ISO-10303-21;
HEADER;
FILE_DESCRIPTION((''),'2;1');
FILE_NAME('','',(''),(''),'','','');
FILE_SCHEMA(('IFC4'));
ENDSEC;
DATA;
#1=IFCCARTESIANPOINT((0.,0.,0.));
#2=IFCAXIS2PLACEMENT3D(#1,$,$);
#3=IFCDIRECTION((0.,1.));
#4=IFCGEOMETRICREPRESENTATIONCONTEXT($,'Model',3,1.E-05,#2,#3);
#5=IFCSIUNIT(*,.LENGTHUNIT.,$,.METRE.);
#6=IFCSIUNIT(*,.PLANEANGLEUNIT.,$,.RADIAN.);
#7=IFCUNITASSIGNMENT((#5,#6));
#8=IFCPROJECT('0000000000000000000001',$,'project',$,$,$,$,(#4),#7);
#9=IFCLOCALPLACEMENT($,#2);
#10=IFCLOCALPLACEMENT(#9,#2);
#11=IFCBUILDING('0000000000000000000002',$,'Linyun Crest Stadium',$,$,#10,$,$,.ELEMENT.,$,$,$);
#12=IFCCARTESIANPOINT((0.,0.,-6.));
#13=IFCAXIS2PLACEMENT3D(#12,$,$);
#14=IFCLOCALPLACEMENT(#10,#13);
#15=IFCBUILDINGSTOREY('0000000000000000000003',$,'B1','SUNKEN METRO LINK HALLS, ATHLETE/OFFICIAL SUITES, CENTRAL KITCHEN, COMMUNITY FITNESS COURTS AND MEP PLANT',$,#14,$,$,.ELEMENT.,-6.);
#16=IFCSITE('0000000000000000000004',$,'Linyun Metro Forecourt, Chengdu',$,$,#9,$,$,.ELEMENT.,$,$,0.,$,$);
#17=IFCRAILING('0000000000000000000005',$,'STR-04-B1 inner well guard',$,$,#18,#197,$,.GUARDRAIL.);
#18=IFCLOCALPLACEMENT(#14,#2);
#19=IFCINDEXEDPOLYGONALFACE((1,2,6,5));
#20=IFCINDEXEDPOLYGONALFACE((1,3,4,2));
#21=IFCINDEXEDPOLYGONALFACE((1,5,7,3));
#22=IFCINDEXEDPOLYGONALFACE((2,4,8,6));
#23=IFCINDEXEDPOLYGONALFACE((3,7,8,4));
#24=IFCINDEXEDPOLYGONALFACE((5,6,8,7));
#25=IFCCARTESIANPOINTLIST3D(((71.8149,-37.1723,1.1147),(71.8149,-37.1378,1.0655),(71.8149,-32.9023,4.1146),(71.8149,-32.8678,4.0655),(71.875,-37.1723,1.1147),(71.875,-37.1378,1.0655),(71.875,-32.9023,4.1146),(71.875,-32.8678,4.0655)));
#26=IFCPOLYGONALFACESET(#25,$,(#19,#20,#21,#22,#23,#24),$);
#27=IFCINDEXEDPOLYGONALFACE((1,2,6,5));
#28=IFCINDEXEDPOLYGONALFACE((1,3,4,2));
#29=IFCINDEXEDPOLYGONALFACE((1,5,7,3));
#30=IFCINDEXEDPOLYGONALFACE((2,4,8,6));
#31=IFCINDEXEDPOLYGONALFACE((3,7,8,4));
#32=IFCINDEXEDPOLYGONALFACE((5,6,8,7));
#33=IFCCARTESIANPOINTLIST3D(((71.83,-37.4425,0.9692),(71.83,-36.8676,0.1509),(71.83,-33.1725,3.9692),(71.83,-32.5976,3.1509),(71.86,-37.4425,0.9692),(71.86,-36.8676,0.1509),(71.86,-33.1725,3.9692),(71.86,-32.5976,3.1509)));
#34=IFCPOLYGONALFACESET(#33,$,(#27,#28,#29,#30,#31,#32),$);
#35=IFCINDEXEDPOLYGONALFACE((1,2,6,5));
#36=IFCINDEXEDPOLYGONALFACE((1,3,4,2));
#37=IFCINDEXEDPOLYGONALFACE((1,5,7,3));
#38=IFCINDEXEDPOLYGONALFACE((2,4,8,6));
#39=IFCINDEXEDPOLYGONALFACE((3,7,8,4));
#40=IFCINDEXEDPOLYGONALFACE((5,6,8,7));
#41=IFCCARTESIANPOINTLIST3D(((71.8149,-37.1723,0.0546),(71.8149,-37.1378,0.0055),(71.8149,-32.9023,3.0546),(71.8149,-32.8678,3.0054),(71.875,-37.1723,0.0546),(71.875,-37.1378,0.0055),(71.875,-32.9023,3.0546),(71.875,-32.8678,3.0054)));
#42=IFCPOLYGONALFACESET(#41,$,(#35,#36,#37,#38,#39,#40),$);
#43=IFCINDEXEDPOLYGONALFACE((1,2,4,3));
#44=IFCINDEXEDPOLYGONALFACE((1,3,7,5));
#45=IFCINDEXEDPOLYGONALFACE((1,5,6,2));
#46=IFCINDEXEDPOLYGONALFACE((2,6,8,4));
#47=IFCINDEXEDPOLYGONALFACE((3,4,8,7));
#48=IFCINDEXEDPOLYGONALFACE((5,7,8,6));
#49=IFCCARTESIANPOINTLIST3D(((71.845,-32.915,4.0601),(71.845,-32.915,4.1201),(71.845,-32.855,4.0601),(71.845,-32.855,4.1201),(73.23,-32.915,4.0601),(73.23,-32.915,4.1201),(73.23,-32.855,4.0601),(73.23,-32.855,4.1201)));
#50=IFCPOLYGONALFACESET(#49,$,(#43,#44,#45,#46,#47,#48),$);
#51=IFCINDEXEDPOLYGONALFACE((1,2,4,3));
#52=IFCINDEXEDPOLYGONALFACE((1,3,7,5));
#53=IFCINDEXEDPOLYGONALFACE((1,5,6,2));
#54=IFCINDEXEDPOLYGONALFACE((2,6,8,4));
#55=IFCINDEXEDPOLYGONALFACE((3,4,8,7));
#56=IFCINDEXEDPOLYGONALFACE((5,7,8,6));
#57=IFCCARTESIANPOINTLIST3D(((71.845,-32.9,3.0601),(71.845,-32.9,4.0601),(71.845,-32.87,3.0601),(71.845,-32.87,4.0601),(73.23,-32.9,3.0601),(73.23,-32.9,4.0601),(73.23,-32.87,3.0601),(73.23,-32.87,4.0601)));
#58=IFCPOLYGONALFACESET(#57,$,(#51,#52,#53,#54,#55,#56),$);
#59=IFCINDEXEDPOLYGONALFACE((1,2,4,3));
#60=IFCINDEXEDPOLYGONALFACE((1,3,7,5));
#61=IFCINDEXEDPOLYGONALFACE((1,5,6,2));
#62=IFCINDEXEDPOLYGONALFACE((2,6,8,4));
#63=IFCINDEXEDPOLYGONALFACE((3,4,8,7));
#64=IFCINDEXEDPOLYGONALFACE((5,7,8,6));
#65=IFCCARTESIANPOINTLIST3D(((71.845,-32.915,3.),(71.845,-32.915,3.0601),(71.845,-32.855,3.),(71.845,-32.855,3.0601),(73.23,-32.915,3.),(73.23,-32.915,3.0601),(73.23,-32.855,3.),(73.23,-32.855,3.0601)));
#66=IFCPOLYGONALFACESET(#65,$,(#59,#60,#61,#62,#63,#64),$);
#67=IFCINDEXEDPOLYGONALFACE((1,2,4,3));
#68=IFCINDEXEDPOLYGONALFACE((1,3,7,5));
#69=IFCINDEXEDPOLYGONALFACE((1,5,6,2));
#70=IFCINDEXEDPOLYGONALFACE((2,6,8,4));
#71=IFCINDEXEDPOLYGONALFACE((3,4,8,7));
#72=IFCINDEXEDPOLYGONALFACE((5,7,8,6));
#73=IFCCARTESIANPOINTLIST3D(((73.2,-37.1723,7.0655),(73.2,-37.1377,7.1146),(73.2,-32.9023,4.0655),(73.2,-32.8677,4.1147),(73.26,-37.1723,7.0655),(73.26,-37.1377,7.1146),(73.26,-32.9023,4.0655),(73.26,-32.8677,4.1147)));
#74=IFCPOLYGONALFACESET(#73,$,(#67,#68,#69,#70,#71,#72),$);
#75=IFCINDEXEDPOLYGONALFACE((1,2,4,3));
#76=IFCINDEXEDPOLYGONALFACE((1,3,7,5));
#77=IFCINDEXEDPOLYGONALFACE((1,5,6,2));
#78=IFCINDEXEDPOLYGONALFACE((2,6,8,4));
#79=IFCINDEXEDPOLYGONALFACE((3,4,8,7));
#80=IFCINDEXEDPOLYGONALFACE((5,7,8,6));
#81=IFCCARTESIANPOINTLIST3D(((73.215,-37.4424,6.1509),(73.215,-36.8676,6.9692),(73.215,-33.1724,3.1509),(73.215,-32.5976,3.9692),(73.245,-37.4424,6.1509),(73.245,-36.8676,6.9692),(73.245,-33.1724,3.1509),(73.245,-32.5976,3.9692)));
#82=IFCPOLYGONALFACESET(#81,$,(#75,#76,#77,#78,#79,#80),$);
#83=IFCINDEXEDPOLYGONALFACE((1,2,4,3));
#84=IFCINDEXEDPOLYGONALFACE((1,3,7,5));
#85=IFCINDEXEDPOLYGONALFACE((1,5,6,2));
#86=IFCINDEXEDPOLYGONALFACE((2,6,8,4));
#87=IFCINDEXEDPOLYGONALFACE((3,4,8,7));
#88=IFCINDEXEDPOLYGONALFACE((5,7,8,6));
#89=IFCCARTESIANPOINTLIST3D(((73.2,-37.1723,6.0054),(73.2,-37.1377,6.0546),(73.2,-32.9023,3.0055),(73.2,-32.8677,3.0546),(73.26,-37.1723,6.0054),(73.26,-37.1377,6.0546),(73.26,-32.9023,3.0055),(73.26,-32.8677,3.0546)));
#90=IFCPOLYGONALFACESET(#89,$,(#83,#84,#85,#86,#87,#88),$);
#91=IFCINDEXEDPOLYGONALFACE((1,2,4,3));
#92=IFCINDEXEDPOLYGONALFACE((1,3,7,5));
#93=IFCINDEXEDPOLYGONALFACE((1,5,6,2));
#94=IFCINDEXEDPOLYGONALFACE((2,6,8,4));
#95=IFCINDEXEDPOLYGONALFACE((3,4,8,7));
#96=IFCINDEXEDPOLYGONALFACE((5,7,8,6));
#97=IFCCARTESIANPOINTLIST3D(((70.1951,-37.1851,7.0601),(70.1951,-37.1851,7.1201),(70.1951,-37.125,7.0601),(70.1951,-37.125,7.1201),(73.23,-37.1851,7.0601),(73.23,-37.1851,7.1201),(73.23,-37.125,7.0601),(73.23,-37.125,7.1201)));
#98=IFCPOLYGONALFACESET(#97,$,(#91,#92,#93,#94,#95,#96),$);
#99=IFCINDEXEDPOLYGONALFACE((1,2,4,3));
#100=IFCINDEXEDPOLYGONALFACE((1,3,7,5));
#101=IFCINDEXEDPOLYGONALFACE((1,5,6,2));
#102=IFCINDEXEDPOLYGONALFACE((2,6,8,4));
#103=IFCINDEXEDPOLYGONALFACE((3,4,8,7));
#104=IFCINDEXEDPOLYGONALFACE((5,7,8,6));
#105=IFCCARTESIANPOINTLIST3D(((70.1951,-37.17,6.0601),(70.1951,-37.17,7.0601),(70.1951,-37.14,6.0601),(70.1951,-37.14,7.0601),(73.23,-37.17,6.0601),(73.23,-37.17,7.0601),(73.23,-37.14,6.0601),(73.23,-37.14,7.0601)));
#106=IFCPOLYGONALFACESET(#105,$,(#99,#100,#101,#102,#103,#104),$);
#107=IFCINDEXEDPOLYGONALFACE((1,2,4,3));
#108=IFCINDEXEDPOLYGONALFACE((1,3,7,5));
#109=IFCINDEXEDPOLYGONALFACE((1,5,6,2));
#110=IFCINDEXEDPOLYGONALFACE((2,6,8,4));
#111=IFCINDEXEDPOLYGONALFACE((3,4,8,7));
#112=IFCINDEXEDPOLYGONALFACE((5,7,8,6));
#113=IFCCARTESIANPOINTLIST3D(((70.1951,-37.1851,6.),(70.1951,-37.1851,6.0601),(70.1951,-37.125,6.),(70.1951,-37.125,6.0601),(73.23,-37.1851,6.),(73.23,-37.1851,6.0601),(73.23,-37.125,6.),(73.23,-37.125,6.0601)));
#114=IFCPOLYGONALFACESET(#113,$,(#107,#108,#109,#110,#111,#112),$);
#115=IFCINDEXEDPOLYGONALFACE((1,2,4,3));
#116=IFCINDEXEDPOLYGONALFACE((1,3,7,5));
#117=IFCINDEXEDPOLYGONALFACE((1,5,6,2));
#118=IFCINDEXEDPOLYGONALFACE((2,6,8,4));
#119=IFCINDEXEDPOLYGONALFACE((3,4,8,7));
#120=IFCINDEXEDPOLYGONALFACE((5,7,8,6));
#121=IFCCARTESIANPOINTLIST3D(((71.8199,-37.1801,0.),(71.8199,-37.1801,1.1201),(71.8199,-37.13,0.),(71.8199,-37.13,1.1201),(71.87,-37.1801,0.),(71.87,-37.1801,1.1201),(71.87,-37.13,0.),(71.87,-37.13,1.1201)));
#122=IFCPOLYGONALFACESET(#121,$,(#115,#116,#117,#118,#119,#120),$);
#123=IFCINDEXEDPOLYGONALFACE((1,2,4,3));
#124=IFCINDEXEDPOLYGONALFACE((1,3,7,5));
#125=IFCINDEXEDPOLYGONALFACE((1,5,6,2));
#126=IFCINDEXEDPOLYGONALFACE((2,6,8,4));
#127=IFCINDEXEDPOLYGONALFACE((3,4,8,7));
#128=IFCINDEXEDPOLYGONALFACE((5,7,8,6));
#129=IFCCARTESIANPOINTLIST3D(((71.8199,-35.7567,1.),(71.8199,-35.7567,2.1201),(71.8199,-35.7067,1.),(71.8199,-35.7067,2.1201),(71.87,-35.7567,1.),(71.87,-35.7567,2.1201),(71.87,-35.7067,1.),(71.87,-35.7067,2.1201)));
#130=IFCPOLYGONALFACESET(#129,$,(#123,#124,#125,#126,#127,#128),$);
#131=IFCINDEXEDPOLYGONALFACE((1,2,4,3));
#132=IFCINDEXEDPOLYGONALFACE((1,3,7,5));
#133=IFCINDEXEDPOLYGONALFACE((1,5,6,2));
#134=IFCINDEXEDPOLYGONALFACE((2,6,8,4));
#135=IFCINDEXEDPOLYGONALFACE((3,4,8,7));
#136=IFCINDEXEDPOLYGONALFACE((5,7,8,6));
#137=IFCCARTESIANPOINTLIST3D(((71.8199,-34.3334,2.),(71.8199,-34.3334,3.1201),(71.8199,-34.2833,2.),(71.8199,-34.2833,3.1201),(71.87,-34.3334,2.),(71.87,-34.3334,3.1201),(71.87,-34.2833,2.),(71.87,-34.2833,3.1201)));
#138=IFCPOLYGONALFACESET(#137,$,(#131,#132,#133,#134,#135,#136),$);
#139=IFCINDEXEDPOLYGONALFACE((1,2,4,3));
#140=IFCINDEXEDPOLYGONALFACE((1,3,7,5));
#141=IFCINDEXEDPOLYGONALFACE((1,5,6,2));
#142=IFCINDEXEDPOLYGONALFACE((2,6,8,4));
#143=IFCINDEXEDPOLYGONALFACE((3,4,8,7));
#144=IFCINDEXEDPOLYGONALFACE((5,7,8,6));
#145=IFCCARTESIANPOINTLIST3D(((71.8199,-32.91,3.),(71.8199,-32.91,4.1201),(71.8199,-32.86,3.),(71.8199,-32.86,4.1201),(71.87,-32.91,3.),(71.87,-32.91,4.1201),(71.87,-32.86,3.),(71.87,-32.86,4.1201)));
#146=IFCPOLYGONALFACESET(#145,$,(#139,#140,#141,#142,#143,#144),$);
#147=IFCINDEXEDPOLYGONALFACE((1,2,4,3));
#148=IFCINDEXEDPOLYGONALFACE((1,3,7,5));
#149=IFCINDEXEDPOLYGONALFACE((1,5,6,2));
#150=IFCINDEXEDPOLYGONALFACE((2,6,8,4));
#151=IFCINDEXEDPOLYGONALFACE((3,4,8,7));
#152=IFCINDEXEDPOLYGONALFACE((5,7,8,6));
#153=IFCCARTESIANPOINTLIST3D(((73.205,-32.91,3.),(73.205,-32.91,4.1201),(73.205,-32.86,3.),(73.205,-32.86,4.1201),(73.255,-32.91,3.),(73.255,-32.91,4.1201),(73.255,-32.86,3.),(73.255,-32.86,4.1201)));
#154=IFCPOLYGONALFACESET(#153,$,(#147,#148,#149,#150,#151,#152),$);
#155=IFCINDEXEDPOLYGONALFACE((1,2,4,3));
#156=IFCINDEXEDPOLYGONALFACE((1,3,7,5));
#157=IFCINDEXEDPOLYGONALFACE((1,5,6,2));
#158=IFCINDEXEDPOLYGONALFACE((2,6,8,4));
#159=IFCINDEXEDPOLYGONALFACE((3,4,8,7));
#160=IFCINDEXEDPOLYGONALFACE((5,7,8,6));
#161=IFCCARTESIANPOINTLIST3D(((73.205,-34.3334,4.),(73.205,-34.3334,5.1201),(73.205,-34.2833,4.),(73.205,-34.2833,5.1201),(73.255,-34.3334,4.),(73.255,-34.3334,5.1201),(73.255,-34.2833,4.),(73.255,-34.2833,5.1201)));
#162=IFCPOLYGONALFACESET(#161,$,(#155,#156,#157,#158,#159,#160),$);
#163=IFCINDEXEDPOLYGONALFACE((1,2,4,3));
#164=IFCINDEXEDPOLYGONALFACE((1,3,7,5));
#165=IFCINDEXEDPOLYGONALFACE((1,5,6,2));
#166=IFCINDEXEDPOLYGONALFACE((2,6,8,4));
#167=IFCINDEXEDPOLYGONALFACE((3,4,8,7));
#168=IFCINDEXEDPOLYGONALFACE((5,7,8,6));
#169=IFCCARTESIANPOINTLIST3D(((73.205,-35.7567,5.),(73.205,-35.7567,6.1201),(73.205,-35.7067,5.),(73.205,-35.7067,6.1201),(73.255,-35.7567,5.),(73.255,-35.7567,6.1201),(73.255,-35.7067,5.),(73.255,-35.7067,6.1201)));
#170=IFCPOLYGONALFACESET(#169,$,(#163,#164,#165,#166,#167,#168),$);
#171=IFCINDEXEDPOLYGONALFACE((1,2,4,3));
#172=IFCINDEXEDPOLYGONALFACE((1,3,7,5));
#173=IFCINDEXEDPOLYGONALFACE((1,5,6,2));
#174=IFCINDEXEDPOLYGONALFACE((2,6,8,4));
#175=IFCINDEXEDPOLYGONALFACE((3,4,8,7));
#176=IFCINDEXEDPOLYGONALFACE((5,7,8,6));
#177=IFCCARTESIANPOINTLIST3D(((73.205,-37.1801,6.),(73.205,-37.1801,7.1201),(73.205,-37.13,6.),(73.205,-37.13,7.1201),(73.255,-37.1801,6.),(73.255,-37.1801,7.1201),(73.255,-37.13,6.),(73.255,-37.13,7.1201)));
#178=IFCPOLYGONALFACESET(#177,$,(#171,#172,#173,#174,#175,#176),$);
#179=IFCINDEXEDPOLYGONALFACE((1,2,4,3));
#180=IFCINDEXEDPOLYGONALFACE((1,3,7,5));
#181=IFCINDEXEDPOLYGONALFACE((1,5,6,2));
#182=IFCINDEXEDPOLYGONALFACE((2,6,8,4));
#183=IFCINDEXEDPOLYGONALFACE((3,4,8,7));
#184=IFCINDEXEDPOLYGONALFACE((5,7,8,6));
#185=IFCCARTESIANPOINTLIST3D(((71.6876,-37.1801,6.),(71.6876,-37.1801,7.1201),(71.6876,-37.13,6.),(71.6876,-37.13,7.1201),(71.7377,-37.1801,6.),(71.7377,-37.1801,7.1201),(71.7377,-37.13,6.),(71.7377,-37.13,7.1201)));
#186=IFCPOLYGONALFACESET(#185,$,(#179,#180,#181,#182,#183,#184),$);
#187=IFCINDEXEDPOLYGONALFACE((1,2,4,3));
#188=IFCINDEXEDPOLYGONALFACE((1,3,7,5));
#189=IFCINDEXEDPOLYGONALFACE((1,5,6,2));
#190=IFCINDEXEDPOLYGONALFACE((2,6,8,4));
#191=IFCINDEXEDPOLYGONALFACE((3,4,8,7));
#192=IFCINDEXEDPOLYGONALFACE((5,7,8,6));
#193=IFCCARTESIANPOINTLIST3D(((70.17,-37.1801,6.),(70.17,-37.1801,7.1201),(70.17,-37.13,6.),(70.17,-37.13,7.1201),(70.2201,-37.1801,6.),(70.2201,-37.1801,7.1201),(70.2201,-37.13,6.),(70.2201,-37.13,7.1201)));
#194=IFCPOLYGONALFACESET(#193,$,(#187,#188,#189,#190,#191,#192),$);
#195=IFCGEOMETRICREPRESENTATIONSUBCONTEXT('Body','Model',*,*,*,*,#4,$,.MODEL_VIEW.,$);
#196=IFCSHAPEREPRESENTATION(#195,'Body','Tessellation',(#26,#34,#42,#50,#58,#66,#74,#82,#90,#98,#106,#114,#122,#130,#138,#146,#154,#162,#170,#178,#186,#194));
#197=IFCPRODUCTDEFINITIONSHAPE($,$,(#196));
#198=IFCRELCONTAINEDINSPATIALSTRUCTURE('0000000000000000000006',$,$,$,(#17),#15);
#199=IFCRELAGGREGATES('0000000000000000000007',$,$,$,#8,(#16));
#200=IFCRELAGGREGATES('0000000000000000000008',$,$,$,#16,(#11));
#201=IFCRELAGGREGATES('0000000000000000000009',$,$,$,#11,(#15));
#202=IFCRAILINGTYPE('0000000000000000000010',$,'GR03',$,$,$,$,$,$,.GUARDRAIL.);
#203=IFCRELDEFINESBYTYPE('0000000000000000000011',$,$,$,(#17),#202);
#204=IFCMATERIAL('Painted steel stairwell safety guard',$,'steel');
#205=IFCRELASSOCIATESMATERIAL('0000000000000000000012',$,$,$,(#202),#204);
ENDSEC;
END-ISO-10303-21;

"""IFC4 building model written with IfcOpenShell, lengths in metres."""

from ifc_helpers import new_model, si_unit, direction, frame, origin, origin_2d, place, context, subcontext, project, spatial, rectangle, extrude, material, type_object, element, save


model = new_model("IFC4")

# Units and contexts
model_context = context("Model", 3, precision=1e-05, world=origin(), true_north=direction((0.0, 1.0)))
body_context = subcontext(model_context, "Body", "Model", "MODEL_VIEW")
ifc_project = project(units=[si_unit("LENGTHUNIT", "METRE"), si_unit("PLANEANGLEUNIT", "RADIAN")], contexts=[model_context])

# Site, building, storey
site_placement = place(None, origin())
site = spatial("IfcSite", under=ifc_project, at=site_placement, Name="Linyun Metro Forecourt, Chengdu", CompositionType="ELEMENT", RefElevation=0.0)
building_placement = place(site_placement, origin())
building = spatial("IfcBuilding", under=site, at=building_placement, Name="Linyun Crest Stadium", CompositionType="ELEMENT")
storey_placement = place(building_placement, frame((0.0, 0.0, -6.0)))
storey = spatial("IfcBuildingStorey", under=building, at=storey_placement, Name="B1", Description="SUNKEN METRO LINK HALLS, ATHLETE/OFFICIAL SUITES, CENTRAL KITCHEN, COMMUNITY FITNESS COURTS AND MEP PLANT", CompositionType="ELEMENT", Elevation=-6.0)

# Railing
ifc_material_1 = material(Name="Painted steel stairwell safety guard", Category="steel")
railing_type_1 = type_object("IfcRailingType", Name="GR03", PredefinedType="GUARDRAIL", material=ifc_material_1)
railing_1_placement = place(storey_placement, frame((71.845, -37.155, 0.0)))
element("IfcRailing", 1, at=railing_1_placement, inside=storey, type_object=railing_type_1, Name="STR-04-B1 inner well guard", PredefinedType="GUARDRAIL", context=body_context, shape_type="SweptSolid", body=[
    extrude(rectangle(XDim=0.0601, YDim=0.0601, at=origin_2d()), frame((0.0, 0.0, 1.0901), z_axis=(0.0, 0.818242, 0.574874), x_axis=(-1.0, 0.0, 0.0)), (0.0, 0.0, 1.0), 5.2185),
    extrude(rectangle(XDim=0.03, YDim=1.0, at=origin_2d()), frame((0.0, 0.0, 0.5601), z_axis=(0.0, 0.818242, 0.574874), x_axis=(-1.0, 0.0, 0.0)), (0.0, 0.0, 1.0), 5.2185),
    extrude(rectangle(XDim=0.0601, YDim=0.0601, at=origin_2d()), frame((0.0, 0.0, 0.03), z_axis=(0.0, 0.818242, 0.574874), x_axis=(-1.0, 0.0, 0.0)), (0.0, 0.0, 1.0), 5.2185),
    extrude(rectangle(XDim=0.0601, YDim=0.0601, at=origin_2d()), frame((0.0, 4.27, 4.0901), z_axis=(1.0, 0.0, 0.0), x_axis=(0.0, 1.0, 0.0)), (0.0, 0.0, 1.0), 1.385),
    extrude(rectangle(XDim=0.03, YDim=1.0, at=origin_2d()), frame((0.0, 4.27, 3.5601), z_axis=(1.0, 0.0, 0.0), x_axis=(0.0, 1.0, 0.0)), (0.0, 0.0, 1.0), 1.385),
    extrude(rectangle(XDim=0.0601, YDim=0.0601, at=origin_2d()), frame((0.0, 4.27, 3.03), z_axis=(1.0, 0.0, 0.0), x_axis=(0.0, 1.0, 0.0)), (0.0, 0.0, 1.0), 1.385),
    extrude(rectangle(XDim=0.0601, YDim=0.0601, at=origin_2d()), frame((1.385, 4.27, 4.0901), z_axis=(0.0, -0.818242, 0.574874), x_axis=(1.0, 0.0, 0.0)), (0.0, 0.0, 1.0), 5.2185),
    extrude(rectangle(XDim=0.03, YDim=1.0, at=origin_2d()), frame((1.385, 4.27, 3.5601), z_axis=(0.0, -0.818242, 0.574874), x_axis=(1.0, 0.0, 0.0)), (0.0, 0.0, 1.0), 5.2185),
    extrude(rectangle(XDim=0.0601, YDim=0.0601, at=origin_2d()), frame((1.385, 4.27, 3.03), z_axis=(0.0, -0.818242, 0.574874), x_axis=(1.0, 0.0, 0.0)), (0.0, 0.0, 1.0), 5.2185),
    extrude(rectangle(XDim=0.0601, YDim=0.0601, at=origin_2d()), frame((1.385, 0.0, 7.0901), z_axis=(-1.0, 0.0, 0.0), x_axis=(0.0, -1.0, 0.0)), (0.0, 0.0, 1.0), 3.0349),
    extrude(rectangle(XDim=0.03, YDim=1.0, at=origin_2d()), frame((1.385, 0.0, 6.5601), z_axis=(-1.0, 0.0, 0.0), x_axis=(0.0, -1.0, 0.0)), (0.0, 0.0, 1.0), 3.0349),
    extrude(rectangle(XDim=0.0601, YDim=0.0601, at=origin_2d()), frame((1.385, 0.0, 6.03), z_axis=(-1.0, 0.0, 0.0), x_axis=(0.0, -1.0, 0.0)), (0.0, 0.0, 1.0), 3.0349),
    extrude(rectangle(XDim=0.05, YDim=0.05, at=origin_2d()), origin(), (0.0, 0.0, 1.0), 1.1201),
    extrude(rectangle(XDim=0.05, YDim=0.05, at=origin_2d()), frame((0.0, 1.4233, 1.0)), (0.0, 0.0, 1.0), 1.1201),
    extrude(rectangle(XDim=0.05, YDim=0.05, at=origin_2d()), frame((0.0, 2.8467, 2.0)), (0.0, 0.0, 1.0), 1.1201),
    extrude(rectangle(XDim=0.05, YDim=0.05, at=origin_2d()), frame((0.0, 4.27, 3.0)), (0.0, 0.0, 1.0), 1.1201),
    extrude(rectangle(XDim=0.05, YDim=0.05, at=origin_2d()), frame((1.385, 4.27, 3.0)), (0.0, 0.0, 1.0), 1.1201),
    extrude(rectangle(XDim=0.05, YDim=0.05, at=origin_2d()), frame((1.385, 2.8467, 4.0)), (0.0, 0.0, 1.0), 1.1201),
    extrude(rectangle(XDim=0.05, YDim=0.05, at=origin_2d()), frame((1.385, 1.4233, 5.0)), (0.0, 0.0, 1.0), 1.1201),
    extrude(rectangle(XDim=0.05, YDim=0.05, at=origin_2d()), frame((1.385, 0.0, 6.0)), (0.0, 0.0, 1.0), 1.1201),
    extrude(rectangle(XDim=0.05, YDim=0.05, at=origin_2d()), frame((-0.1323, 0.0, 6.0)), (0.0, 0.0, 1.0), 1.1201),
    extrude(rectangle(XDim=0.05, YDim=0.05, at=origin_2d()), frame((-1.6499, 0.0, 6.0)), (0.0, 0.0, 1.0), 1.1201),
])

save(model, "model.ifc")
